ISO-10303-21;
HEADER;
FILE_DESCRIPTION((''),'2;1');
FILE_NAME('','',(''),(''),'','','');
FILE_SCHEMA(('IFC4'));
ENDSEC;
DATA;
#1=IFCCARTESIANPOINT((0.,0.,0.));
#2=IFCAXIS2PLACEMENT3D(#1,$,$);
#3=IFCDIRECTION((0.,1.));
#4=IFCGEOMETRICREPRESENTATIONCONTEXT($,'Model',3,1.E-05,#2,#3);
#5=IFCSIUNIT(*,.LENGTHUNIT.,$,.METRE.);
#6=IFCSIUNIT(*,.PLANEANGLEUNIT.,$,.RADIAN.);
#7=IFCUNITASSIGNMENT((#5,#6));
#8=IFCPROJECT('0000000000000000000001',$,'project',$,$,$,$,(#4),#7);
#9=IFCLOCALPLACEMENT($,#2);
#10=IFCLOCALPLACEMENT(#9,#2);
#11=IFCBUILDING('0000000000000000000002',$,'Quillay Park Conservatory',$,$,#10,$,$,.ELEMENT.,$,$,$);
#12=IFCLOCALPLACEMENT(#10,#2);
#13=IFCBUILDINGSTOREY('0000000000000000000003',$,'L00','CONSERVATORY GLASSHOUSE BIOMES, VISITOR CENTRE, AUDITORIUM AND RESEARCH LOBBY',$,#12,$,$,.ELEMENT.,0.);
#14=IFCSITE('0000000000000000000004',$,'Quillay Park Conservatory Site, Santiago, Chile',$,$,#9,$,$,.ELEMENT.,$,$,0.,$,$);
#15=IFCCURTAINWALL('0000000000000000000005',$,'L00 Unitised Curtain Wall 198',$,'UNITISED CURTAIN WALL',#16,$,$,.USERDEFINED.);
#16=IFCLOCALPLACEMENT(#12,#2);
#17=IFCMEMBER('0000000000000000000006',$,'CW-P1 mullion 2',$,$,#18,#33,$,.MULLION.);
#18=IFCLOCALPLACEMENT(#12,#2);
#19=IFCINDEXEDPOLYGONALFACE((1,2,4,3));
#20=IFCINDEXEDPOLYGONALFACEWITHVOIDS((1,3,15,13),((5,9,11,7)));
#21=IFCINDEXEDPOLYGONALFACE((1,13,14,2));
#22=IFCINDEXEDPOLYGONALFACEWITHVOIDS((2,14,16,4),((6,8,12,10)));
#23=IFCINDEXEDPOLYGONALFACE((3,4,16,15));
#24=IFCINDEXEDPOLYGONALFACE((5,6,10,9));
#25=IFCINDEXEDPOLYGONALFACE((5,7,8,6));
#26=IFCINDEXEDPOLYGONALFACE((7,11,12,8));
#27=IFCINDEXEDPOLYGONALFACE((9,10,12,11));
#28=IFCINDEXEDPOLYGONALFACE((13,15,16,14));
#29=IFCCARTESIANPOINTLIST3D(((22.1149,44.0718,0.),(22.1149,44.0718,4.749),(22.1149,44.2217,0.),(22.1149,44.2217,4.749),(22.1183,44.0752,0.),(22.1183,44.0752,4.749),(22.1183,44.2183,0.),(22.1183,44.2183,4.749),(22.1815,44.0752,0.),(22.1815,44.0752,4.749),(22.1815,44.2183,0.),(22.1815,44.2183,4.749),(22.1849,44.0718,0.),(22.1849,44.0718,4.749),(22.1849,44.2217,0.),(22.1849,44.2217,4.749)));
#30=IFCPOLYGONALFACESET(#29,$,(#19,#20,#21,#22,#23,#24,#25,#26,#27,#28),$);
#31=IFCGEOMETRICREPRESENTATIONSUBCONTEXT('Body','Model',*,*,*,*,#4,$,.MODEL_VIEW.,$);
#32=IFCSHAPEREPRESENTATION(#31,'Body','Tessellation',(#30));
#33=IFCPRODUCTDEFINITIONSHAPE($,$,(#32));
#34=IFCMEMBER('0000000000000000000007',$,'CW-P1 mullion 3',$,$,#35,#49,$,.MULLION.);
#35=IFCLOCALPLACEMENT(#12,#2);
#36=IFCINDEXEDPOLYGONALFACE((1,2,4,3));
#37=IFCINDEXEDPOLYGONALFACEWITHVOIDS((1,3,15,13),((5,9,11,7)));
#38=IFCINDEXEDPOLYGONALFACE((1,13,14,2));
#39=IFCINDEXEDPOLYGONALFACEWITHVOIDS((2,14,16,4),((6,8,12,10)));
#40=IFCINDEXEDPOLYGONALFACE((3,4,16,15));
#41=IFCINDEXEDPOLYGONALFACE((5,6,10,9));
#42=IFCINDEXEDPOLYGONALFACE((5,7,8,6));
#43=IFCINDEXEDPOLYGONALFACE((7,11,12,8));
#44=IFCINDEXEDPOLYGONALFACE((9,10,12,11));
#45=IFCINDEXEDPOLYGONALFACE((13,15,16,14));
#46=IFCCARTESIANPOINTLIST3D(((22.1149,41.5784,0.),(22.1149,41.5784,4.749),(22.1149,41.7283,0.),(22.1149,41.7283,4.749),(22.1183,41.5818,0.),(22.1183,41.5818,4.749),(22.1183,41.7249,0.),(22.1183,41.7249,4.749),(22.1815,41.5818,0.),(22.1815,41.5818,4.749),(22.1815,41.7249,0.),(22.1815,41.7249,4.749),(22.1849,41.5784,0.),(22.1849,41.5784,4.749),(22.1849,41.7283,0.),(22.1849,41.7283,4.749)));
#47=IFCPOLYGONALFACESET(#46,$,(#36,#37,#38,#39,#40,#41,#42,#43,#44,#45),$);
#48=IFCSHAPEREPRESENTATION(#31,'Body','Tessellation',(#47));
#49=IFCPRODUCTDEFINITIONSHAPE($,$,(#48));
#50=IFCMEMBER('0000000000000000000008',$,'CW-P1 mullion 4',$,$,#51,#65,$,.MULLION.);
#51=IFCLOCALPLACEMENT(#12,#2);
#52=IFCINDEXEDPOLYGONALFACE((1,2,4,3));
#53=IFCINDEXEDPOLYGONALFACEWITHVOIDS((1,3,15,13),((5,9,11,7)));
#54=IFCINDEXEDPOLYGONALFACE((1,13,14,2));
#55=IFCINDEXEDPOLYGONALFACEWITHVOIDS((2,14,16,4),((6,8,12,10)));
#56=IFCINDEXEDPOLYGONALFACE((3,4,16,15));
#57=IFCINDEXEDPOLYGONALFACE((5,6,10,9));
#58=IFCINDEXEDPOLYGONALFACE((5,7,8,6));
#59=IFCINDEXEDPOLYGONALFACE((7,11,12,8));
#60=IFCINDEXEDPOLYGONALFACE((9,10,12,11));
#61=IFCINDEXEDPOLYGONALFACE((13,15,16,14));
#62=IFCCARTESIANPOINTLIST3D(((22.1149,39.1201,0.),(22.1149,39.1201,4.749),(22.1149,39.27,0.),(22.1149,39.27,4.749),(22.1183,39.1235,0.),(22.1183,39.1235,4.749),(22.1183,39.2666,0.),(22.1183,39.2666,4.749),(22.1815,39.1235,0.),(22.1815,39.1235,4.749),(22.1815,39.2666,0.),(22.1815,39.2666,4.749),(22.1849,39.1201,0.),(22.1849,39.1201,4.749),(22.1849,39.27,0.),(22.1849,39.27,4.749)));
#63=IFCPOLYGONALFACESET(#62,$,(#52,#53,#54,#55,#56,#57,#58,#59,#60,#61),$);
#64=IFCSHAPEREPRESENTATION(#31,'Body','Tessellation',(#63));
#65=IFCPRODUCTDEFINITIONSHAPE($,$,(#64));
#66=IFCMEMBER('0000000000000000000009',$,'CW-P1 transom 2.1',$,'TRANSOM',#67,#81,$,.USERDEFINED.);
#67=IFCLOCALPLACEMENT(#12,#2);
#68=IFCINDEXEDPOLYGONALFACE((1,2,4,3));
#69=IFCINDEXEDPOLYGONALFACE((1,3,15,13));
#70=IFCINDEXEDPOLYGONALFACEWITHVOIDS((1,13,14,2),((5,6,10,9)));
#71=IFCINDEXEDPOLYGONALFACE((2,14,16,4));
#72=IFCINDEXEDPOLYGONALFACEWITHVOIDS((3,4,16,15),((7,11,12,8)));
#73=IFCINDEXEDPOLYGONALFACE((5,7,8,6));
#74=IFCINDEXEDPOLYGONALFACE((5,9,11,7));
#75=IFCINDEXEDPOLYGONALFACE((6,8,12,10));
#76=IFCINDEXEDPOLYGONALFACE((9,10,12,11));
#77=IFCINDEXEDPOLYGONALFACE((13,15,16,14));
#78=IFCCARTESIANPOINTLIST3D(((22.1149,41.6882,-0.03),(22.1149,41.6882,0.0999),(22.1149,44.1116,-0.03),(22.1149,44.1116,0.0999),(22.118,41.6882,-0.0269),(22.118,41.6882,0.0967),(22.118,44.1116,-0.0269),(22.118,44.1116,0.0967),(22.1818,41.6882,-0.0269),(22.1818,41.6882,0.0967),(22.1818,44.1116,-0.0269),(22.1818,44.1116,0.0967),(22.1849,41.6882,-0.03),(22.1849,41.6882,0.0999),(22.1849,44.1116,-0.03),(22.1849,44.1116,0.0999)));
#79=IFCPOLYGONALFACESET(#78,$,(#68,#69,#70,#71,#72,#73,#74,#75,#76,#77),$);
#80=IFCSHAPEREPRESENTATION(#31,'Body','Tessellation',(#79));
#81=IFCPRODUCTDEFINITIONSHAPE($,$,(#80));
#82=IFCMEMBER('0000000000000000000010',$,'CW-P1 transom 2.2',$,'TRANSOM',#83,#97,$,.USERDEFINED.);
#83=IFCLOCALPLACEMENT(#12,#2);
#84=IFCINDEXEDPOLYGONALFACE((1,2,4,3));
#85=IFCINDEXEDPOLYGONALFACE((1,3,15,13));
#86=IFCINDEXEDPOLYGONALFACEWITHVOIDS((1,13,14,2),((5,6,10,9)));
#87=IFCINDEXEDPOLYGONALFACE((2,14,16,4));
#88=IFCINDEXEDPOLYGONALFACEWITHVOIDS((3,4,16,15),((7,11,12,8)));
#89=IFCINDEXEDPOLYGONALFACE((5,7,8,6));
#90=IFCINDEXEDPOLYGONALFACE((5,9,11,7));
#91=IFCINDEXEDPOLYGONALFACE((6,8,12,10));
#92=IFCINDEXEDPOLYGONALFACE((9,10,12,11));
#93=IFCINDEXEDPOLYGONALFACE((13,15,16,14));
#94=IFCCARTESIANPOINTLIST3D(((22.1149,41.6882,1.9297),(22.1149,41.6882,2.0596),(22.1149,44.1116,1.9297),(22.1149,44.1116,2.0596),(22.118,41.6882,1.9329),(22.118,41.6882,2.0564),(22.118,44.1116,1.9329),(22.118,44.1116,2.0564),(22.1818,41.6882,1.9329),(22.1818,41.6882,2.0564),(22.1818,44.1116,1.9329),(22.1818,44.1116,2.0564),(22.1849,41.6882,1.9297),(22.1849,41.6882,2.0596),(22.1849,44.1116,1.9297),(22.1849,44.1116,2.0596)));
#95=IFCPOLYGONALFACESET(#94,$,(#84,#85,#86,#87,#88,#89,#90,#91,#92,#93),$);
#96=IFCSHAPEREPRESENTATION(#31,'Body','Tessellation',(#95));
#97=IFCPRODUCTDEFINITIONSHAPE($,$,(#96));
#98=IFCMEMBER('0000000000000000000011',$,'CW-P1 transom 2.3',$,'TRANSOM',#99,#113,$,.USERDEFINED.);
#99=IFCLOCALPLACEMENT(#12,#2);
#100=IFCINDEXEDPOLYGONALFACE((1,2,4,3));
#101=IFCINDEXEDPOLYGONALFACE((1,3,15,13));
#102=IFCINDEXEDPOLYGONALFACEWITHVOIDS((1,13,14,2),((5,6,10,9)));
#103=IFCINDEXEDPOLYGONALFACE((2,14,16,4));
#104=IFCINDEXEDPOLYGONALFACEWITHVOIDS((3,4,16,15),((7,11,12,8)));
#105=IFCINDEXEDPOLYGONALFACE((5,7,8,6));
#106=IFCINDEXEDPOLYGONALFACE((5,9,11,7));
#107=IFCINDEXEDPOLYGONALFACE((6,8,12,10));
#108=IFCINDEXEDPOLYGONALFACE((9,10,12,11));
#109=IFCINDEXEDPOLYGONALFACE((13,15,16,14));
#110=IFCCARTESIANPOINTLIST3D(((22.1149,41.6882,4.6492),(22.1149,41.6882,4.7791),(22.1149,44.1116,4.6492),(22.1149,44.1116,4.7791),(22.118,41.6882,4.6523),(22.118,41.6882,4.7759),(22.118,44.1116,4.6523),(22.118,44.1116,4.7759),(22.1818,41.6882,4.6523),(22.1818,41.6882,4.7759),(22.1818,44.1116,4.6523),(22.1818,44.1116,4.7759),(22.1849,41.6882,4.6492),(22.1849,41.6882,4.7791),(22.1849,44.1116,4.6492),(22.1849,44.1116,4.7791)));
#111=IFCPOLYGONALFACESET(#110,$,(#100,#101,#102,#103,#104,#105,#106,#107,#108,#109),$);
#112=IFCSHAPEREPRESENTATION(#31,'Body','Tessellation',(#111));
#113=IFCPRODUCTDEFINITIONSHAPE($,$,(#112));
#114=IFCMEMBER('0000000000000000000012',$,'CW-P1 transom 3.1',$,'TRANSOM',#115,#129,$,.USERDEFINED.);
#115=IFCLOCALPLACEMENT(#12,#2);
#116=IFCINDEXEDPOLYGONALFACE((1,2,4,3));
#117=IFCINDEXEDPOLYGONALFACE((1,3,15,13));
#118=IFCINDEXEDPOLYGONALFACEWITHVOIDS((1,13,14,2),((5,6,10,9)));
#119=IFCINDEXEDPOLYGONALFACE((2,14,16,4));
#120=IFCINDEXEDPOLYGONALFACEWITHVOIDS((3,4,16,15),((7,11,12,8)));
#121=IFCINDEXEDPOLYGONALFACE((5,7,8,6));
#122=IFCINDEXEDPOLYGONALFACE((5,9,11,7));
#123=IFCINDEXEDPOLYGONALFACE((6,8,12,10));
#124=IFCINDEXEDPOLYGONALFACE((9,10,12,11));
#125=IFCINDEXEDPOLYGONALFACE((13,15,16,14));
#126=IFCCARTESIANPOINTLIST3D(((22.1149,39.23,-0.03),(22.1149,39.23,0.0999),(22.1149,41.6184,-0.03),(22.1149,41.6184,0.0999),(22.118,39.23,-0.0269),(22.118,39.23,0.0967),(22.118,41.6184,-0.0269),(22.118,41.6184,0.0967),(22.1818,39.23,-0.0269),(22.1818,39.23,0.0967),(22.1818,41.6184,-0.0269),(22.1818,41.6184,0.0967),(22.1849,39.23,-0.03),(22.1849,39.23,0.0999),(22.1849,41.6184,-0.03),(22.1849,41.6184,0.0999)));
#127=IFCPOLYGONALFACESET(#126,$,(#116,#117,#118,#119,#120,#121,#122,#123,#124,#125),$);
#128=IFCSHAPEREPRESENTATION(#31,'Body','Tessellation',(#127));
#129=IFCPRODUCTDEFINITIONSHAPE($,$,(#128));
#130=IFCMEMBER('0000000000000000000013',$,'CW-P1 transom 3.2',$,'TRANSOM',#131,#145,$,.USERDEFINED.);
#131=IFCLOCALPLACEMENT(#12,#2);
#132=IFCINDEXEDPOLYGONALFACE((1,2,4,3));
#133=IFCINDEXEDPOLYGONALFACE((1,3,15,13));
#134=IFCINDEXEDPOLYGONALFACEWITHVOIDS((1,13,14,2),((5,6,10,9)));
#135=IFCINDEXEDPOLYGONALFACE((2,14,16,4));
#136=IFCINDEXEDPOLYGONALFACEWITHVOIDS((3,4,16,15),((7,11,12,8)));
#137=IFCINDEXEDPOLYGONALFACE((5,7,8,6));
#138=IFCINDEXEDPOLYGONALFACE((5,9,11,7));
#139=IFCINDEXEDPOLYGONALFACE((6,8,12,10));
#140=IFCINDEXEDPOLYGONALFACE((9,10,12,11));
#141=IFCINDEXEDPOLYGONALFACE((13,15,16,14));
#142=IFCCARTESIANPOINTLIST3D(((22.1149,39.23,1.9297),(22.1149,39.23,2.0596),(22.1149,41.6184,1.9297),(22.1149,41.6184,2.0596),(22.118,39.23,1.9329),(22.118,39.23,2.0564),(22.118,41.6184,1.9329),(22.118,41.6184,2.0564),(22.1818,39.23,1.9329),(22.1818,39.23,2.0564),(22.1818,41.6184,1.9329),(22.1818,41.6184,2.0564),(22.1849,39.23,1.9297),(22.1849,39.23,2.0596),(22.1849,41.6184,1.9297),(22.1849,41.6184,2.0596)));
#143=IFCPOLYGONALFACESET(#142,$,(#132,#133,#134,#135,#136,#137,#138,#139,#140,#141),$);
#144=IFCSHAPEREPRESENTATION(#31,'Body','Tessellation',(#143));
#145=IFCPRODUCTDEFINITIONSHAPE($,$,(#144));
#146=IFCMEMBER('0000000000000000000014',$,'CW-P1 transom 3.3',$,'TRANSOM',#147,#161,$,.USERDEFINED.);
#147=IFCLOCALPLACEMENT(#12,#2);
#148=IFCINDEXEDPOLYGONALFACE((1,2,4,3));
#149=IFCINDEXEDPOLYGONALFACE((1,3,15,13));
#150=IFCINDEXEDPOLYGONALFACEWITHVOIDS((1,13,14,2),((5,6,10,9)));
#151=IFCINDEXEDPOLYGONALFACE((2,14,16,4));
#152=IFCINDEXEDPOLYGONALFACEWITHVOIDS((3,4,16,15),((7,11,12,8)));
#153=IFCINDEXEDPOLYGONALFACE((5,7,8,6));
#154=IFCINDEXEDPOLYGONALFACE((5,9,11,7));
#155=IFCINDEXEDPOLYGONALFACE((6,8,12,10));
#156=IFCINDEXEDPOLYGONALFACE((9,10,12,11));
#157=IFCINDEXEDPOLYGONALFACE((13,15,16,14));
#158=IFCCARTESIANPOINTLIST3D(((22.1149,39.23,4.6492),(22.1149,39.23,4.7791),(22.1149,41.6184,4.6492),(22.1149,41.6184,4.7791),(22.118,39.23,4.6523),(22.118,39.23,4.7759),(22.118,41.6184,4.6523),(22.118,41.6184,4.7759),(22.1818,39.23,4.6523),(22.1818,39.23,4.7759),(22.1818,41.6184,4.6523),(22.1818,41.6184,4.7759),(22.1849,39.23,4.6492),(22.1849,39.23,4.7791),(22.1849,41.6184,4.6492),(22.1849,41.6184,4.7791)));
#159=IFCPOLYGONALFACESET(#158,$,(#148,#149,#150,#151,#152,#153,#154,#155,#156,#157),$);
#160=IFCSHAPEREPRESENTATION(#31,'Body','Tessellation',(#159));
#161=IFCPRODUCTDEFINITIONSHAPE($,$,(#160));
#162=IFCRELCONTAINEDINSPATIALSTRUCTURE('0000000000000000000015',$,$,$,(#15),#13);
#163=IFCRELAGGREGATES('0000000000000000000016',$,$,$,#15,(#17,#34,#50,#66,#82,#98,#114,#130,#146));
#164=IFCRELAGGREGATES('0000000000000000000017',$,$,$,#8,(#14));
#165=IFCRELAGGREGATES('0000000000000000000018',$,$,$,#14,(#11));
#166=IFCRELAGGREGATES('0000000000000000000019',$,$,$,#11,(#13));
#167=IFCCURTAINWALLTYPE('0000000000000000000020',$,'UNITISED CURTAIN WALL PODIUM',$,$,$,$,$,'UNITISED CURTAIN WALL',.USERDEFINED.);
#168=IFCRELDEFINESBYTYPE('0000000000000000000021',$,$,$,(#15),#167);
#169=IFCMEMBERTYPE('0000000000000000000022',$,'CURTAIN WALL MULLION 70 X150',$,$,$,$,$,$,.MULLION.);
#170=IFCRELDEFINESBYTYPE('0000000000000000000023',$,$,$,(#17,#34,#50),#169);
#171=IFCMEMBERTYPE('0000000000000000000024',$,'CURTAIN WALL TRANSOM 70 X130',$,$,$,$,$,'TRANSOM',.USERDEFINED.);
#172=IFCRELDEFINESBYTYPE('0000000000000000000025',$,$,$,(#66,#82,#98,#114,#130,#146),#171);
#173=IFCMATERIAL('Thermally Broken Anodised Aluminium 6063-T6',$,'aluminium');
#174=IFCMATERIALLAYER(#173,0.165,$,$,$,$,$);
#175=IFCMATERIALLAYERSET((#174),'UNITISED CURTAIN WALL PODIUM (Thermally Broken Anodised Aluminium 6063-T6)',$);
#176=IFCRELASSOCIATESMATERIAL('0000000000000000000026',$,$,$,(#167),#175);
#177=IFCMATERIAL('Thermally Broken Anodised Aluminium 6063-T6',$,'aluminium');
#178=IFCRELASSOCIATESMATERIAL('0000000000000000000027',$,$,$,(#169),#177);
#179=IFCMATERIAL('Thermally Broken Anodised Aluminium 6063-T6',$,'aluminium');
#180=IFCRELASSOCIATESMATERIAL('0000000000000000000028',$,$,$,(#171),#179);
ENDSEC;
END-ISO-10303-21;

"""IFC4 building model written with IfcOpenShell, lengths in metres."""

from ifc_helpers import new_model, si_unit, direction, frame, origin, origin_2d, place, context, subcontext, project, spatial, hollow_rectangle, extrude, material, layer, layer_set, material_profile, profile_set, type_object, element, aggregate, save


model = new_model("IFC4")

# Units and contexts
model_context = context("Model", 3, precision=1e-05, world=origin(), true_north=direction((0.0, 1.0)))
body_context = subcontext(model_context, "Body", "Model", "MODEL_VIEW")
ifc_project = project(units=[si_unit("LENGTHUNIT", "METRE"), si_unit("PLANEANGLEUNIT", "RADIAN")], contexts=[model_context])

# Site, building, storey
site_placement = place(None, origin())
site = spatial("IfcSite", under=ifc_project, at=site_placement, Name="Quillay Park Conservatory Site, Santiago, Chile", CompositionType="ELEMENT", RefElevation=0.0)
building_placement = place(site_placement, origin())
building = spatial("IfcBuilding", under=site, at=building_placement, Name="Quillay Park Conservatory", CompositionType="ELEMENT")
storey_placement = place(building_placement, origin())
storey = spatial("IfcBuildingStorey", under=building, at=storey_placement, Name="L00", Description="CONSERVATORY GLASSHOUSE BIOMES, VISITOR CENTRE, AUDITORIUM AND RESEARCH LOBBY", CompositionType="ELEMENT", Elevation=0.0)

# Curtain wall, members
ifc_material_1 = material(Name="Thermally Broken Anodised Aluminium 6063-T6", Category="aluminium")
ifc_layer_1 = layer(ifc_material_1, 0.165)
ifc_layer_set_1 = layer_set([ifc_layer_1], Name="UNITISED CURTAIN WALL PODIUM (Thermally Broken Anodised Aluminium 6063-T6)")
curtain_wall_type = type_object("IfcCurtainWallType", Name="UNITISED CURTAIN WALL PODIUM", ElementType="UNITISED CURTAIN WALL", PredefinedType="USERDEFINED", material=ifc_layer_set_1)
curtain_wall_placement = place(storey_placement, origin())
curtain_wall = element("IfcCurtainWall", 1, at=curtain_wall_placement, inside=storey, type_object=curtain_wall_type, Name="L00 Unitised Curtain Wall 198", ObjectType="UNITISED CURTAIN WALL", PredefinedType="USERDEFINED")
ifc_material_2 = material(Name="Thermally Broken Anodised Aluminium 6063-T6", Category="aluminium")
ifc_material_profile_1 = material_profile(ifc_material_2, hollow_rectangle(XDim=0.0701, YDim=0.1499, WallThickness=0.0034, at=origin_2d()), Name="AL70x150x3.5")
ifc_profile_set_1 = profile_set([ifc_material_profile_1], Name="Thermally Broken Anodised Aluminium 6063-T6")
member_type_1 = type_object("IfcMemberType", Name="CURTAIN WALL MULLION 70 X150", PredefinedType="MULLION", material=ifc_profile_set_1)
member_1_placement = place(storey_placement, frame((22.1499, 44.1467, 0.0), z_axis=(0.0, 0.0, 1.0), x_axis=(1.0, 0.0, 0.0)))
member_1 = element("IfcMember", 2, at=member_1_placement, type_object=member_type_1, Name="CW-P1 mullion 2", PredefinedType="MULLION", context=body_context, shape_type="SweptSolid", body=[
    extrude(hollow_rectangle(XDim=0.0701, YDim=0.1499, WallThickness=0.0034, at=origin_2d()), origin(), (0.0, 0.0, 1.0), 4.749),
])
member_2_placement = place(storey_placement, frame((22.1499, 41.6533, 0.0), z_axis=(0.0, 0.0, 1.0), x_axis=(1.0, 0.0, 0.0)))
member_2 = element("IfcMember", 3, at=member_2_placement, type_object=member_type_1, Name="CW-P1 mullion 3", PredefinedType="MULLION", context=body_context, shape_type="SweptSolid", body=[
    extrude(hollow_rectangle(XDim=0.0701, YDim=0.1499, WallThickness=0.0034, at=origin_2d()), origin(), (0.0, 0.0, 1.0), 4.749),
])
member_3_placement = place(storey_placement, frame((22.1499, 39.1951, 0.0), z_axis=(0.0, 0.0, 1.0), x_axis=(1.0, 0.0, 0.0)))
member_3 = element("IfcMember", 4, at=member_3_placement, type_object=member_type_1, Name="CW-P1 mullion 4", PredefinedType="MULLION", context=body_context, shape_type="SweptSolid", body=[
    extrude(hollow_rectangle(XDim=0.0701, YDim=0.1499, WallThickness=0.0034, at=origin_2d()), origin(), (0.0, 0.0, 1.0), 4.749),
])
ifc_material_3 = material(Name="Thermally Broken Anodised Aluminium 6063-T6", Category="aluminium")
ifc_material_profile_2 = material_profile(ifc_material_3, hollow_rectangle(XDim=0.0701, YDim=0.1299, WallThickness=0.0032, at=origin_2d()), Name="AL70x130x3.2")
ifc_profile_set_2 = profile_set([ifc_material_profile_2], Name="Thermally Broken Anodised Aluminium 6063-T6")
member_type_2 = type_object("IfcMemberType", Name="CURTAIN WALL TRANSOM 70 X130", ElementType="TRANSOM", PredefinedType="USERDEFINED", material=ifc_profile_set_2)
member_4_placement = place(storey_placement, frame((22.1499, 44.1116, 0.0349), z_axis=(0.0, -1.0, 0.0), x_axis=(1.0, 0.0, 0.0)))
member_4 = element("IfcMember", 5, at=member_4_placement, type_object=member_type_2, Name="CW-P1 transom 2.1", ObjectType="TRANSOM", PredefinedType="USERDEFINED", context=body_context, shape_type="SweptSolid", body=[
    extrude(hollow_rectangle(XDim=0.0701, YDim=0.1299, WallThickness=0.0032, at=origin_2d()), origin(), (0.0, 0.0, 1.0), 2.4233),
])
member_5_placement = place(storey_placement, frame((22.1499, 44.1116, 1.9946), z_axis=(0.0, -1.0, 0.0), x_axis=(1.0, 0.0, 0.0)))
member_5 = element("IfcMember", 6, at=member_5_placement, type_object=member_type_2, Name="CW-P1 transom 2.2", ObjectType="TRANSOM", PredefinedType="USERDEFINED", context=body_context, shape_type="SweptSolid", body=[
    extrude(hollow_rectangle(XDim=0.0701, YDim=0.1299, WallThickness=0.0032, at=origin_2d()), origin(), (0.0, 0.0, 1.0), 2.4233),
])
member_6_placement = place(storey_placement, frame((22.1499, 44.1116, 4.7141), z_axis=(0.0, -1.0, 0.0), x_axis=(1.0, 0.0, 0.0)))
member_6 = element("IfcMember", 7, at=member_6_placement, type_object=member_type_2, Name="CW-P1 transom 2.3", ObjectType="TRANSOM", PredefinedType="USERDEFINED", context=body_context, shape_type="SweptSolid", body=[
    extrude(hollow_rectangle(XDim=0.0701, YDim=0.1299, WallThickness=0.0032, at=origin_2d()), origin(), (0.0, 0.0, 1.0), 2.4233),
])
member_7_placement = place(storey_placement, frame((22.1499, 41.6184, 0.0349), z_axis=(0.0, -1.0, 0.0), x_axis=(1.0, 0.0, 0.0)))
member_7 = element("IfcMember", 8, at=member_7_placement, type_object=member_type_2, Name="CW-P1 transom 3.1", ObjectType="TRANSOM", PredefinedType="USERDEFINED", context=body_context, shape_type="SweptSolid", body=[
    extrude(hollow_rectangle(XDim=0.0701, YDim=0.1299, WallThickness=0.0032, at=origin_2d()), origin(), (0.0, 0.0, 1.0), 2.3884),
])
member_8_placement = place(storey_placement, frame((22.1499, 41.6184, 1.9946), z_axis=(0.0, -1.0, 0.0), x_axis=(1.0, 0.0, 0.0)))
member_8 = element("IfcMember", 9, at=member_8_placement, type_object=member_type_2, Name="CW-P1 transom 3.2", ObjectType="TRANSOM", PredefinedType="USERDEFINED", context=body_context, shape_type="SweptSolid", body=[
    extrude(hollow_rectangle(XDim=0.0701, YDim=0.1299, WallThickness=0.0032, at=origin_2d()), origin(), (0.0, 0.0, 1.0), 2.3884),
])
member_9_placement = place(storey_placement, frame((22.1499, 41.6184, 4.7141), z_axis=(0.0, -1.0, 0.0), x_axis=(1.0, 0.0, 0.0)))
member_9 = element("IfcMember", 10, at=member_9_placement, type_object=member_type_2, Name="CW-P1 transom 3.3", ObjectType="TRANSOM", PredefinedType="USERDEFINED", context=body_context, shape_type="SweptSolid", body=[
    extrude(hollow_rectangle(XDim=0.0701, YDim=0.1299, WallThickness=0.0032, at=origin_2d()), origin(), (0.0, 0.0, 1.0), 2.3884),
])

aggregate(curtain_wall, [member_1, member_2, member_3, member_4, member_5, member_6, member_7, member_8, member_9])

save(model, "model.ifc")
